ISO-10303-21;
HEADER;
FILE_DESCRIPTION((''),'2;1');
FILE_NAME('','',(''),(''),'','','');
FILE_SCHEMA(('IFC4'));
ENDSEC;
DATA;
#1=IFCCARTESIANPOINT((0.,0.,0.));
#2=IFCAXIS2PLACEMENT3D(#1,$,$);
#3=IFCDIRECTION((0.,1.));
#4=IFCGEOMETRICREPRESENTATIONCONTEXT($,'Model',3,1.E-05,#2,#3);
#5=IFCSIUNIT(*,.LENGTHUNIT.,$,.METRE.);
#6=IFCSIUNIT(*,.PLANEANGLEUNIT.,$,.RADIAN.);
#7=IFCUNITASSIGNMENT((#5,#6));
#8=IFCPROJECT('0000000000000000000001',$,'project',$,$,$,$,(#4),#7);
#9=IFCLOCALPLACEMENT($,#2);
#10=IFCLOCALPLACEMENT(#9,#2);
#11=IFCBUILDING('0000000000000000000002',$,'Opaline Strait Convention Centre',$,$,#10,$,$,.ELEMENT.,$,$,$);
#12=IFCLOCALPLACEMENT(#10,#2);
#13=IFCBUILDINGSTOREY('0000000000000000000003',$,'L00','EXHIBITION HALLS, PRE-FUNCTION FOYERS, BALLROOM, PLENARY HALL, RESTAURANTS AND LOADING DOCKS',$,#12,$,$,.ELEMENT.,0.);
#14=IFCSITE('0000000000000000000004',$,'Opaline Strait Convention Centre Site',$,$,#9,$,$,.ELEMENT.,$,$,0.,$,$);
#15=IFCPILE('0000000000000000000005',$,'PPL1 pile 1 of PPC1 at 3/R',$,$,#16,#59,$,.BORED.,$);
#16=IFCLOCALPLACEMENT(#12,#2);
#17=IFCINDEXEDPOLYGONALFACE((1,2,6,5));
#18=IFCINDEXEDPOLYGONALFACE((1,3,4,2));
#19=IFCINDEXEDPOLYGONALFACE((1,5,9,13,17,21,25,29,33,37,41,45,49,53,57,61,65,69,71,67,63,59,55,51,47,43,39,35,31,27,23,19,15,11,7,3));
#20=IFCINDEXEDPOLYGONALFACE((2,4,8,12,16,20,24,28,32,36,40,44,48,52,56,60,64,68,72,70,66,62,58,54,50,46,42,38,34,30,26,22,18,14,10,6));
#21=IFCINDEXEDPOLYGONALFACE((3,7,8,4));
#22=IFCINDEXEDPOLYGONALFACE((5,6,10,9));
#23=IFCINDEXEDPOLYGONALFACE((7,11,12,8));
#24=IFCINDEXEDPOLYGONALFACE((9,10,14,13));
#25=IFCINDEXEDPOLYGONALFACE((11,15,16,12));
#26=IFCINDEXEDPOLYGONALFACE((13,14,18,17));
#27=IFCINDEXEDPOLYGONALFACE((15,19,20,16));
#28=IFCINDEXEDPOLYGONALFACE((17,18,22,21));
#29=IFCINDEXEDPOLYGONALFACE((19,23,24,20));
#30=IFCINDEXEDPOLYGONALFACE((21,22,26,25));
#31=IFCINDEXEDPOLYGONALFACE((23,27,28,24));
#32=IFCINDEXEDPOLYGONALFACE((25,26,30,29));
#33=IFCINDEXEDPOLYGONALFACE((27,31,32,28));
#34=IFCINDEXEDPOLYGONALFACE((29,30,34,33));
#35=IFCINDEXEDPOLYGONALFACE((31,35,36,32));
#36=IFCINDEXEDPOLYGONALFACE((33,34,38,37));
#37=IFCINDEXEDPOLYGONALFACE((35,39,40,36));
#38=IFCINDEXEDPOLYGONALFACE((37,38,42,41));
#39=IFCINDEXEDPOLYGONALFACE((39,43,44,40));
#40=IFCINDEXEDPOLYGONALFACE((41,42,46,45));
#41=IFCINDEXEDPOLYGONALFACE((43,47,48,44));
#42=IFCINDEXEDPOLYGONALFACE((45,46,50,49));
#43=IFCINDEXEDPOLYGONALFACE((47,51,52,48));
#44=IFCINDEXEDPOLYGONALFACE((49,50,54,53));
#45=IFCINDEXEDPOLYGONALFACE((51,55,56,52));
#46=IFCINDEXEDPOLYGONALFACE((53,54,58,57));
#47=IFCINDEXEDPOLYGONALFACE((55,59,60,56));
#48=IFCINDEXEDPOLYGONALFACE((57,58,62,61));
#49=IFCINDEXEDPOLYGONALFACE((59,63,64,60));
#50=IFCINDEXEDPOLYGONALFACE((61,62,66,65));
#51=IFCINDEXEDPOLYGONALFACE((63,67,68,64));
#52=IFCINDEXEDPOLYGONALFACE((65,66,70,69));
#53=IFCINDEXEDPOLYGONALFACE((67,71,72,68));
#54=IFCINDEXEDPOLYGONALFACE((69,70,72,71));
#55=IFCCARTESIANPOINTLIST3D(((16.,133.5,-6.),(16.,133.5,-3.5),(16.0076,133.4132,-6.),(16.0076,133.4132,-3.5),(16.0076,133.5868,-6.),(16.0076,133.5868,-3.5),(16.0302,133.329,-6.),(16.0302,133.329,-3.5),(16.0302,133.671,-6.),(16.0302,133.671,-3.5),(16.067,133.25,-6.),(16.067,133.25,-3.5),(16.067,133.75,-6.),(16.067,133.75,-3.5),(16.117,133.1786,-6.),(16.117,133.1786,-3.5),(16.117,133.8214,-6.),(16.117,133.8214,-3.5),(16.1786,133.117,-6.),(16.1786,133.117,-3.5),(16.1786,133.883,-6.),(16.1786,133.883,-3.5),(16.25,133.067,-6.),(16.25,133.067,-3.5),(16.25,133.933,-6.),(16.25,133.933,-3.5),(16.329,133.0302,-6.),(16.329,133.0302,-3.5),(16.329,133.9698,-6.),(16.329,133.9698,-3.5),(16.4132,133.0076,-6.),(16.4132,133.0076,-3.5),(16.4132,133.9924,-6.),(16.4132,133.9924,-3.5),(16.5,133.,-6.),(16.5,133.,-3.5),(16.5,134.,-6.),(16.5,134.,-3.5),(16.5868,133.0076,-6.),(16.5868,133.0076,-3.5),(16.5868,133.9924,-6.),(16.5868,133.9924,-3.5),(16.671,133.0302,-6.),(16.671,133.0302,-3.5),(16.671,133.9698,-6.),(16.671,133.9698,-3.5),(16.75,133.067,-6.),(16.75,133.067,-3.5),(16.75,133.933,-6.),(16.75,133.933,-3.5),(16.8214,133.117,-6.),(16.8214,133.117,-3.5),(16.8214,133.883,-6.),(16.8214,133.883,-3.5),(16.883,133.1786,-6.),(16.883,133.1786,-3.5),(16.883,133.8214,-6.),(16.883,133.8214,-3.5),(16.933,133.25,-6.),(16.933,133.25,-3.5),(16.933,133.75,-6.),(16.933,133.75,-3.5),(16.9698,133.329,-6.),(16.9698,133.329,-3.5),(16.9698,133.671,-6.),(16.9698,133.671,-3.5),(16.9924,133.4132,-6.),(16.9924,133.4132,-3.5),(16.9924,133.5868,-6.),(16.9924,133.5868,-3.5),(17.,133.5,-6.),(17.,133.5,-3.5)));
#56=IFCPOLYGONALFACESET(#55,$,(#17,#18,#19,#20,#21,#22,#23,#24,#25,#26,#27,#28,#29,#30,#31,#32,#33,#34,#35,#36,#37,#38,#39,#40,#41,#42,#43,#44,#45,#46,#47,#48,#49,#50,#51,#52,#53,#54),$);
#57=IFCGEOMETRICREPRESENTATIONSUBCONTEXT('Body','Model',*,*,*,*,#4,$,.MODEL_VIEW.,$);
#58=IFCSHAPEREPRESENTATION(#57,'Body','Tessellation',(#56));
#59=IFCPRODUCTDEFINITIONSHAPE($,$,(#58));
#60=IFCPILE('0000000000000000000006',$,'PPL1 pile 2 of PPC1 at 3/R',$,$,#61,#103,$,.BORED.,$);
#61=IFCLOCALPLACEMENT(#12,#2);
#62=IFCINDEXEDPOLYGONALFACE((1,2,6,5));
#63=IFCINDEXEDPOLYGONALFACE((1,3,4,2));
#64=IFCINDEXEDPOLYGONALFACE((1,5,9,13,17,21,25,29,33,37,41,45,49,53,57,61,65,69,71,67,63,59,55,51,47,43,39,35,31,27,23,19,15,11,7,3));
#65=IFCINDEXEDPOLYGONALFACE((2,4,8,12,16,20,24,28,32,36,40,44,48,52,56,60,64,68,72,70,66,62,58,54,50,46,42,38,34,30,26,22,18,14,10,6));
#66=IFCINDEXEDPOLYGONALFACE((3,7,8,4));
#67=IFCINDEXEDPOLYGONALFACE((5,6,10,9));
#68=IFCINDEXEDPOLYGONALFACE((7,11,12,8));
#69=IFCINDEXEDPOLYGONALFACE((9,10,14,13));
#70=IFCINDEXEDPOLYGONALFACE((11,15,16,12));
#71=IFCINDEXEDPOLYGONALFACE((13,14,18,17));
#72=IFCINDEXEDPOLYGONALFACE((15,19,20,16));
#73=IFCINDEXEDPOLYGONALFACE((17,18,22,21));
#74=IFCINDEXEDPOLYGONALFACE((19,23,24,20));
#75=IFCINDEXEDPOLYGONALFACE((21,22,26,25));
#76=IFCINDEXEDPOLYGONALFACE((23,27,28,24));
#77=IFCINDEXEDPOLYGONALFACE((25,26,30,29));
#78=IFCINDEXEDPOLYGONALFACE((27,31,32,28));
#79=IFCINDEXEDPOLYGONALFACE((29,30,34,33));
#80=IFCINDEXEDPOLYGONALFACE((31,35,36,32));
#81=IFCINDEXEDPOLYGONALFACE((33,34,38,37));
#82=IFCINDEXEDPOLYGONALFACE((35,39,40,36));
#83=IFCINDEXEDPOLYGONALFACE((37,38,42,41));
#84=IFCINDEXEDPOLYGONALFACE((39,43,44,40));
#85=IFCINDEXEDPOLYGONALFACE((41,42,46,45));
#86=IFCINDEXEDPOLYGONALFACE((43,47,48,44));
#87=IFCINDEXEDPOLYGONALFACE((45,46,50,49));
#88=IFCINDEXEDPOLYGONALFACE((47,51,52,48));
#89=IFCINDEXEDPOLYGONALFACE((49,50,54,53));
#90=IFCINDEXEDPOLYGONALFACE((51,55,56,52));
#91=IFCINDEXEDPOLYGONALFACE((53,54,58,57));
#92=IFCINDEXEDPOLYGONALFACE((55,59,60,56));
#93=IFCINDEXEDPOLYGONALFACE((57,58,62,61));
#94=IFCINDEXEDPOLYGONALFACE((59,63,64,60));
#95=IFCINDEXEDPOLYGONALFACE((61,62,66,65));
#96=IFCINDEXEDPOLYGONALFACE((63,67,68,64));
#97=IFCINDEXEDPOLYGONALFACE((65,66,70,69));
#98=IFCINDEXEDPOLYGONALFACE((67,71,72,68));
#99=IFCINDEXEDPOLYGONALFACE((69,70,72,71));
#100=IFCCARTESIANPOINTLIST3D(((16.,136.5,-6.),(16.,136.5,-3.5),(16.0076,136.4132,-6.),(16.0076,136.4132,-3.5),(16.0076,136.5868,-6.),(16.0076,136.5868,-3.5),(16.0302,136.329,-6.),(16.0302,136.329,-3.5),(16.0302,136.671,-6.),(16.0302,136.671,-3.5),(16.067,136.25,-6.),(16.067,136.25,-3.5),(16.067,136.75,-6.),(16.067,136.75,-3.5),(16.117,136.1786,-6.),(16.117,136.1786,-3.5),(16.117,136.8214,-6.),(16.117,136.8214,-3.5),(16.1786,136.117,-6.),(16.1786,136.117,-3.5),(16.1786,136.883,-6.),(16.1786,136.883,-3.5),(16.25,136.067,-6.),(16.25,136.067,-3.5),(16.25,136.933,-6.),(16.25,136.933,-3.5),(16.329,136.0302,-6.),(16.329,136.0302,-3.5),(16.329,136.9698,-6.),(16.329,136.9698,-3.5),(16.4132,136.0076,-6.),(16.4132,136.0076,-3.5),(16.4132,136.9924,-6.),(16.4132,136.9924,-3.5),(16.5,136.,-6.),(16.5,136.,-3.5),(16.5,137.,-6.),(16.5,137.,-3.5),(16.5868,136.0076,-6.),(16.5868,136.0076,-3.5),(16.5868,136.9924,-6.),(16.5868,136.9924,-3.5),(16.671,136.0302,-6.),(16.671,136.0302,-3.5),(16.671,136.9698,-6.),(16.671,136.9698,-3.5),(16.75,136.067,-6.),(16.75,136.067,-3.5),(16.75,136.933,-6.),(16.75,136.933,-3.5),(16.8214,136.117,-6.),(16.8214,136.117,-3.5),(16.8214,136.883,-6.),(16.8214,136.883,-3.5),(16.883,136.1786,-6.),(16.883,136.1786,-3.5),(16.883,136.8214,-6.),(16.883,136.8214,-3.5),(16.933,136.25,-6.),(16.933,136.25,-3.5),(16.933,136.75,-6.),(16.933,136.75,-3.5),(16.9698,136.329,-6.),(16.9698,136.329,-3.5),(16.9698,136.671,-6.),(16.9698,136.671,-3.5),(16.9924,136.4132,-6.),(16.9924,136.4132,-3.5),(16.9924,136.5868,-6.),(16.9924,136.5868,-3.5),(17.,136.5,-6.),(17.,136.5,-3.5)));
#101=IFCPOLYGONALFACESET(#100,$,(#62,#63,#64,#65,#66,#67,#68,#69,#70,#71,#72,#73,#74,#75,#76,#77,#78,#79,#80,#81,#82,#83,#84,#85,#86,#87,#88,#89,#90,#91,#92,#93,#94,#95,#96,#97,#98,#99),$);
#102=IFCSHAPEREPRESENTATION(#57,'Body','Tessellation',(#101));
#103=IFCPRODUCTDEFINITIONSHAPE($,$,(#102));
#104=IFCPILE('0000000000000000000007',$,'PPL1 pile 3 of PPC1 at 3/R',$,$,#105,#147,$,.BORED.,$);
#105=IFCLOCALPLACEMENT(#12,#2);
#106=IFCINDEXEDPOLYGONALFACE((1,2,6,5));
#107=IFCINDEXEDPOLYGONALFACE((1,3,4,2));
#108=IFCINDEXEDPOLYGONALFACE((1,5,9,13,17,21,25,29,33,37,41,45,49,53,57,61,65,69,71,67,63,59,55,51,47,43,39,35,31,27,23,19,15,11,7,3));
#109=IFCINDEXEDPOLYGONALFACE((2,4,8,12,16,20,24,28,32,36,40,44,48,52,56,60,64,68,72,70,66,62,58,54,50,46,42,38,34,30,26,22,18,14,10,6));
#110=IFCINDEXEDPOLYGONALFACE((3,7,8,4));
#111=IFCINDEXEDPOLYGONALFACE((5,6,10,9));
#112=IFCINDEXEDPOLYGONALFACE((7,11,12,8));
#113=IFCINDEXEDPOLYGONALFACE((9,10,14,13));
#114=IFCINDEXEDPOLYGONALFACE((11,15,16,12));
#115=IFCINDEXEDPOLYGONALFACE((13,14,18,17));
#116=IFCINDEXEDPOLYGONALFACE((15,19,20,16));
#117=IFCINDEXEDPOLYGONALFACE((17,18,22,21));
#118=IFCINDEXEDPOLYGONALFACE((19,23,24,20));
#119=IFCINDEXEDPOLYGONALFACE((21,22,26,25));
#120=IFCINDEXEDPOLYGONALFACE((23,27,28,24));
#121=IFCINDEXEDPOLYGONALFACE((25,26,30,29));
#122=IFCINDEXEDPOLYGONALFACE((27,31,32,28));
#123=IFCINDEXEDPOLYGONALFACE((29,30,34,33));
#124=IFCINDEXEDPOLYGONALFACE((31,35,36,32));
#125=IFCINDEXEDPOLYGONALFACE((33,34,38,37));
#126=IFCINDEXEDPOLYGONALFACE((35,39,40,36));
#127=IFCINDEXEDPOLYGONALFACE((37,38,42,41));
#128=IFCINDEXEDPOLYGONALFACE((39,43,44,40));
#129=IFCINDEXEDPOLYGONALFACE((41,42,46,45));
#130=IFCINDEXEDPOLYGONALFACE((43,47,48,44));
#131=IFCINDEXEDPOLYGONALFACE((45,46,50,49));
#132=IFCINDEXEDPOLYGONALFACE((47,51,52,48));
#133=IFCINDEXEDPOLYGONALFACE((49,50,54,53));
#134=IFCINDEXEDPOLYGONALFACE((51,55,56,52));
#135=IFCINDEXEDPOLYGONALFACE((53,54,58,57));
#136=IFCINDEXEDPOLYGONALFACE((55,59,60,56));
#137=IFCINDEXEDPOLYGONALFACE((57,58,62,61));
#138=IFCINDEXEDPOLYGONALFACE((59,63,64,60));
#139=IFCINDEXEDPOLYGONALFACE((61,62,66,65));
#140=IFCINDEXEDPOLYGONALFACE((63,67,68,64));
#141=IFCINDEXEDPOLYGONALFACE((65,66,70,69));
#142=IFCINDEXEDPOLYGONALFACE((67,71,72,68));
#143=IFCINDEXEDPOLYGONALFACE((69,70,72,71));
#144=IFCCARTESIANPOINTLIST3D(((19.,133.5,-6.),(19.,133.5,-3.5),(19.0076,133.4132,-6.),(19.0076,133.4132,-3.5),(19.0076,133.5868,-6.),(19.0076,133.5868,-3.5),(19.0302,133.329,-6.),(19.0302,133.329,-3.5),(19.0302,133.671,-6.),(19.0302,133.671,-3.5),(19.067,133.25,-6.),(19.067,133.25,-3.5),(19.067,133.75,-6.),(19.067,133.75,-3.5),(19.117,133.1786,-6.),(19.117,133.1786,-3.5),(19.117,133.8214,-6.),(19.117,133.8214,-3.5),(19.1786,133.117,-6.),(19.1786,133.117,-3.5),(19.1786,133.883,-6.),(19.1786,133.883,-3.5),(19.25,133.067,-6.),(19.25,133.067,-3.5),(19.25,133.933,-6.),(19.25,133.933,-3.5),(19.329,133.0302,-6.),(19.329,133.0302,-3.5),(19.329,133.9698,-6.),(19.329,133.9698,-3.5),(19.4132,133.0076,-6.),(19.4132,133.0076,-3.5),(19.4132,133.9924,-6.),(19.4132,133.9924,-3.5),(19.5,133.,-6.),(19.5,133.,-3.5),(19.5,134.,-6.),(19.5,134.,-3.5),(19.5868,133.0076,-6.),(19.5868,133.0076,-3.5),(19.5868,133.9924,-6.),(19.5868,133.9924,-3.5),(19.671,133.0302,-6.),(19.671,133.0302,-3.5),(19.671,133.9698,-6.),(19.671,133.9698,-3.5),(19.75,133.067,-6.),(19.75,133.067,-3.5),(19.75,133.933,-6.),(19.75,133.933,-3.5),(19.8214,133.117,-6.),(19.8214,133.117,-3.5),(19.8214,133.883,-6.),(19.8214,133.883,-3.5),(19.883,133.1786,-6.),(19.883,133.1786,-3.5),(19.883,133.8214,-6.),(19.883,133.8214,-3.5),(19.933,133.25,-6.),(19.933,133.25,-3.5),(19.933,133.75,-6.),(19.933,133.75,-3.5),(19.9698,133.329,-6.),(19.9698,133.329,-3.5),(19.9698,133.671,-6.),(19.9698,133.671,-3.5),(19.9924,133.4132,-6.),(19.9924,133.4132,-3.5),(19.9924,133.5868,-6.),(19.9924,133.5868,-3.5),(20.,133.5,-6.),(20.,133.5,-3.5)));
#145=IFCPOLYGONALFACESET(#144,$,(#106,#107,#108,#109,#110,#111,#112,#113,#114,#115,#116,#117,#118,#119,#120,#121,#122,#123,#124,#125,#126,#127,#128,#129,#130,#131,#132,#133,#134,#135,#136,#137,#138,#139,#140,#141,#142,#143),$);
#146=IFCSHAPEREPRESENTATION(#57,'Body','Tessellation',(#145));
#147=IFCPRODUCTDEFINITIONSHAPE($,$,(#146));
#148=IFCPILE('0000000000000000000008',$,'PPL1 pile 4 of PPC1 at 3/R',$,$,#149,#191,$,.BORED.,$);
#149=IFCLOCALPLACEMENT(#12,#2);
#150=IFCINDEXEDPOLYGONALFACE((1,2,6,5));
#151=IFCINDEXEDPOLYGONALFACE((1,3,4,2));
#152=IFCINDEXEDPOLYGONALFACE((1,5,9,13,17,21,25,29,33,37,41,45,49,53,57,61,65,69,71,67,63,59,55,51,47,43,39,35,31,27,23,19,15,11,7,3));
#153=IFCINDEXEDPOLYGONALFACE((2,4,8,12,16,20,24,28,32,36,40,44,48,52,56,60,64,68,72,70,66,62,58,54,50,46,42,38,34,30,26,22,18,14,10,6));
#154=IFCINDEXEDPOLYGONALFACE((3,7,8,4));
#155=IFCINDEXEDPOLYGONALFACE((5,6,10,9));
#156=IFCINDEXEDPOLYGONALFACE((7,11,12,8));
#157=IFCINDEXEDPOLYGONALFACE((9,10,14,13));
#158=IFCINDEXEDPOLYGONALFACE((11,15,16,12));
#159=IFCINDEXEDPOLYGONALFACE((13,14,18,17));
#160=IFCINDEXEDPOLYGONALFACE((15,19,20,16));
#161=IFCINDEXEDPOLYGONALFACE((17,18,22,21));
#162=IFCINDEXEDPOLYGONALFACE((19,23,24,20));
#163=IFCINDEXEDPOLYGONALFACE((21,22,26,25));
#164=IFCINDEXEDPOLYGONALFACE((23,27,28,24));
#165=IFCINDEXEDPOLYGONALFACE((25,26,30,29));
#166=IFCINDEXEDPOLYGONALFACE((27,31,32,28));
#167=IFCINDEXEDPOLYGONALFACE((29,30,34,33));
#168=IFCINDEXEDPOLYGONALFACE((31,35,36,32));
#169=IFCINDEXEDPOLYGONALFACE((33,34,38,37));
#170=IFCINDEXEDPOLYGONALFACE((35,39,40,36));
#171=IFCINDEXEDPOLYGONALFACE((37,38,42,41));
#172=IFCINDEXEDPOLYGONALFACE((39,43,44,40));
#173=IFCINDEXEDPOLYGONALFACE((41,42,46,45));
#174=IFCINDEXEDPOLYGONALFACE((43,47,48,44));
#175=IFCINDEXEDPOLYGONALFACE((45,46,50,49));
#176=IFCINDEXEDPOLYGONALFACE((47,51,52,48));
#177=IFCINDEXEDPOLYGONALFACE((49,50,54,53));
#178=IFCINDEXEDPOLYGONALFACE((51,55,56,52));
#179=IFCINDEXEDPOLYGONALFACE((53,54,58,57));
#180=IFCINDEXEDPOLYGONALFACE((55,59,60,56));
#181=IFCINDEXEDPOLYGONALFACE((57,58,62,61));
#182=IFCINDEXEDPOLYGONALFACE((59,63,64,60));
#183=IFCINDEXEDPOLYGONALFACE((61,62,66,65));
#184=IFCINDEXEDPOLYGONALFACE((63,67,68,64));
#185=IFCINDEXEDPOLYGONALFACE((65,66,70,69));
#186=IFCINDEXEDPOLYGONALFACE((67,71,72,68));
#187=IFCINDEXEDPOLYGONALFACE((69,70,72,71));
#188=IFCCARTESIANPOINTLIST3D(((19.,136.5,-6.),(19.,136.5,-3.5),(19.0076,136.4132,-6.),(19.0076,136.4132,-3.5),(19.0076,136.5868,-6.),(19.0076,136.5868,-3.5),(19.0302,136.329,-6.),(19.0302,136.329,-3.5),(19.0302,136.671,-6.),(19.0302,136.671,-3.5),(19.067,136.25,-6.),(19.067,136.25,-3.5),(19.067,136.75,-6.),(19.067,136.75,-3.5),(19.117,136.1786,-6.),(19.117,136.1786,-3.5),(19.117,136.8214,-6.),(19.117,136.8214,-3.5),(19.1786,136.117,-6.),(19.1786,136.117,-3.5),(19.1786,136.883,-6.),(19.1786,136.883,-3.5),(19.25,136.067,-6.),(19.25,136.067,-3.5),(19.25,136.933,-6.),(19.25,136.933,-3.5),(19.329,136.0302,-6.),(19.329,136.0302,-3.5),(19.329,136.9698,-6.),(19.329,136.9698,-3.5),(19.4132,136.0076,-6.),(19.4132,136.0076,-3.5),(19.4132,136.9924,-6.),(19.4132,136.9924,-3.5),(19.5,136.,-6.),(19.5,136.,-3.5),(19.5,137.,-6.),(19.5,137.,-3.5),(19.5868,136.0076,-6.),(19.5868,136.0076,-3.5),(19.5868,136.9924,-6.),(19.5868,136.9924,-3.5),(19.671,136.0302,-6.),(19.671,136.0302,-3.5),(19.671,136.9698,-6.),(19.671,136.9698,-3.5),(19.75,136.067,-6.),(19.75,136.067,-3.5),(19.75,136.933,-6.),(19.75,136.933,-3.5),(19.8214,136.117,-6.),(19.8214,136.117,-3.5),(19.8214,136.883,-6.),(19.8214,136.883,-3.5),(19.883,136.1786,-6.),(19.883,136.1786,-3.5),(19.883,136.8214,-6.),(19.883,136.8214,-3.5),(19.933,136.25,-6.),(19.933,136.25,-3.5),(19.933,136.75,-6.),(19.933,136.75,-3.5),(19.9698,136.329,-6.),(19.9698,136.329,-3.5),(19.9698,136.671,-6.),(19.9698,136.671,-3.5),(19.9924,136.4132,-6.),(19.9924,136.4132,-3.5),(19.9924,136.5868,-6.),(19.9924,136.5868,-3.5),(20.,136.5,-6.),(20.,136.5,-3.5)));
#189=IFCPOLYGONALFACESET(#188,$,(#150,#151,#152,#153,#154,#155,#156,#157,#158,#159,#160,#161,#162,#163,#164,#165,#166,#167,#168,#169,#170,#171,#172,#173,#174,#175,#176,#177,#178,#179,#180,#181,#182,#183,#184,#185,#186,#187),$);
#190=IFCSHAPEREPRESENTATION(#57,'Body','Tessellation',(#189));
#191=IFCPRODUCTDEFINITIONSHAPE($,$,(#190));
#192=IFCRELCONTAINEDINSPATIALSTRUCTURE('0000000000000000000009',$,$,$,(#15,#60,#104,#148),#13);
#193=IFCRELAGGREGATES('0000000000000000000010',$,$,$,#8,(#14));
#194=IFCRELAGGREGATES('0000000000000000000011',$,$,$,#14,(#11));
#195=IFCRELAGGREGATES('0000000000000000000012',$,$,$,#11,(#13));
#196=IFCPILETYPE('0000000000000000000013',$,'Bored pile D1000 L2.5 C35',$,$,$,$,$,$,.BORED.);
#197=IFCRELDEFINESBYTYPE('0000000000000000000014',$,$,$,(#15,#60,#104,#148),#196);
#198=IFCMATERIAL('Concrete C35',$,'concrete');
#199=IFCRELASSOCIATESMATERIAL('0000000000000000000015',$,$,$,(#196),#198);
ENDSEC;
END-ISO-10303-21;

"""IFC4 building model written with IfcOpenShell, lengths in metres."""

from ifc_helpers import new_model, si_unit, direction, frame, origin, origin_2d, place, context, subcontext, project, spatial, circle, extrude, material, material_profile, profile_set, type_object, element, save


model = new_model("IFC4")

# Units and contexts
model_context = context("Model", 3, precision=1e-05, world=origin(), true_north=direction((0.0, 1.0)))
body_context = subcontext(model_context, "Body", "Model", "MODEL_VIEW")
ifc_project = project(units=[si_unit("LENGTHUNIT", "METRE"), si_unit("PLANEANGLEUNIT", "RADIAN")], contexts=[model_context])

# Site, building, storey
site_placement = place(None, origin())
site = spatial("IfcSite", under=ifc_project, at=site_placement, Name="Opaline Strait Convention Centre Site", CompositionType="ELEMENT", RefElevation=0.0)
building_placement = place(site_placement, origin())
building = spatial("IfcBuilding", under=site, at=building_placement, Name="Opaline Strait Convention Centre", CompositionType="ELEMENT")
storey_placement = place(building_placement, origin())
storey = spatial("IfcBuildingStorey", under=building, at=storey_placement, Name="L00", Description="EXHIBITION HALLS, PRE-FUNCTION FOYERS, BALLROOM, PLENARY HALL, RESTAURANTS AND LOADING DOCKS", CompositionType="ELEMENT", Elevation=0.0)

# Piles
ifc_material_1 = material(Name="Concrete C35", Category="concrete")
ifc_material_profile_1 = material_profile(ifc_material_1, circle(Radius=0.5, at=origin_2d()), Name="D1000")
ifc_profile_set_1 = profile_set([ifc_material_profile_1], Name="Concrete C35")
pile_type_1 = type_object("IfcPileType", Name="Bored pile D1000 L2.5 C35", PredefinedType="BORED", material=ifc_profile_set_1)
for number, where, z_axis, x_axis, name in (
    (1, (16.5, 133.5, -3.5), (0.0, 0.0, -1.0), (1.0, 0.0, 0.0), "PPL1 pile 1 of PPC1 at 3/R"),
    (2, (16.5, 136.5, -3.5), (0.0, 0.0, -1.0), (1.0, 0.0, 0.0), "PPL1 pile 2 of PPC1 at 3/R"),
    (3, (19.5, 133.5, -3.5), (0.0, 0.0, -1.0), (1.0, 0.0, 0.0), "PPL1 pile 3 of PPC1 at 3/R"),
    (4, (19.5, 136.5, -3.5), (0.0, 0.0, -1.0), (1.0, 0.0, 0.0), "PPL1 pile 4 of PPC1 at 3/R"),
):
    element("IfcPile", number, at=place(storey_placement, frame(where, z_axis=z_axis, x_axis=x_axis)), inside=storey, type_object=pile_type_1, Name=name, PredefinedType="BORED", context=body_context, shape_type="SweptSolid", body=[
        extrude(circle(Radius=0.5, at=origin_2d()), origin(), (0.0, 0.0, 1.0), 2.5),
    ])

save(model, "model.ifc")
